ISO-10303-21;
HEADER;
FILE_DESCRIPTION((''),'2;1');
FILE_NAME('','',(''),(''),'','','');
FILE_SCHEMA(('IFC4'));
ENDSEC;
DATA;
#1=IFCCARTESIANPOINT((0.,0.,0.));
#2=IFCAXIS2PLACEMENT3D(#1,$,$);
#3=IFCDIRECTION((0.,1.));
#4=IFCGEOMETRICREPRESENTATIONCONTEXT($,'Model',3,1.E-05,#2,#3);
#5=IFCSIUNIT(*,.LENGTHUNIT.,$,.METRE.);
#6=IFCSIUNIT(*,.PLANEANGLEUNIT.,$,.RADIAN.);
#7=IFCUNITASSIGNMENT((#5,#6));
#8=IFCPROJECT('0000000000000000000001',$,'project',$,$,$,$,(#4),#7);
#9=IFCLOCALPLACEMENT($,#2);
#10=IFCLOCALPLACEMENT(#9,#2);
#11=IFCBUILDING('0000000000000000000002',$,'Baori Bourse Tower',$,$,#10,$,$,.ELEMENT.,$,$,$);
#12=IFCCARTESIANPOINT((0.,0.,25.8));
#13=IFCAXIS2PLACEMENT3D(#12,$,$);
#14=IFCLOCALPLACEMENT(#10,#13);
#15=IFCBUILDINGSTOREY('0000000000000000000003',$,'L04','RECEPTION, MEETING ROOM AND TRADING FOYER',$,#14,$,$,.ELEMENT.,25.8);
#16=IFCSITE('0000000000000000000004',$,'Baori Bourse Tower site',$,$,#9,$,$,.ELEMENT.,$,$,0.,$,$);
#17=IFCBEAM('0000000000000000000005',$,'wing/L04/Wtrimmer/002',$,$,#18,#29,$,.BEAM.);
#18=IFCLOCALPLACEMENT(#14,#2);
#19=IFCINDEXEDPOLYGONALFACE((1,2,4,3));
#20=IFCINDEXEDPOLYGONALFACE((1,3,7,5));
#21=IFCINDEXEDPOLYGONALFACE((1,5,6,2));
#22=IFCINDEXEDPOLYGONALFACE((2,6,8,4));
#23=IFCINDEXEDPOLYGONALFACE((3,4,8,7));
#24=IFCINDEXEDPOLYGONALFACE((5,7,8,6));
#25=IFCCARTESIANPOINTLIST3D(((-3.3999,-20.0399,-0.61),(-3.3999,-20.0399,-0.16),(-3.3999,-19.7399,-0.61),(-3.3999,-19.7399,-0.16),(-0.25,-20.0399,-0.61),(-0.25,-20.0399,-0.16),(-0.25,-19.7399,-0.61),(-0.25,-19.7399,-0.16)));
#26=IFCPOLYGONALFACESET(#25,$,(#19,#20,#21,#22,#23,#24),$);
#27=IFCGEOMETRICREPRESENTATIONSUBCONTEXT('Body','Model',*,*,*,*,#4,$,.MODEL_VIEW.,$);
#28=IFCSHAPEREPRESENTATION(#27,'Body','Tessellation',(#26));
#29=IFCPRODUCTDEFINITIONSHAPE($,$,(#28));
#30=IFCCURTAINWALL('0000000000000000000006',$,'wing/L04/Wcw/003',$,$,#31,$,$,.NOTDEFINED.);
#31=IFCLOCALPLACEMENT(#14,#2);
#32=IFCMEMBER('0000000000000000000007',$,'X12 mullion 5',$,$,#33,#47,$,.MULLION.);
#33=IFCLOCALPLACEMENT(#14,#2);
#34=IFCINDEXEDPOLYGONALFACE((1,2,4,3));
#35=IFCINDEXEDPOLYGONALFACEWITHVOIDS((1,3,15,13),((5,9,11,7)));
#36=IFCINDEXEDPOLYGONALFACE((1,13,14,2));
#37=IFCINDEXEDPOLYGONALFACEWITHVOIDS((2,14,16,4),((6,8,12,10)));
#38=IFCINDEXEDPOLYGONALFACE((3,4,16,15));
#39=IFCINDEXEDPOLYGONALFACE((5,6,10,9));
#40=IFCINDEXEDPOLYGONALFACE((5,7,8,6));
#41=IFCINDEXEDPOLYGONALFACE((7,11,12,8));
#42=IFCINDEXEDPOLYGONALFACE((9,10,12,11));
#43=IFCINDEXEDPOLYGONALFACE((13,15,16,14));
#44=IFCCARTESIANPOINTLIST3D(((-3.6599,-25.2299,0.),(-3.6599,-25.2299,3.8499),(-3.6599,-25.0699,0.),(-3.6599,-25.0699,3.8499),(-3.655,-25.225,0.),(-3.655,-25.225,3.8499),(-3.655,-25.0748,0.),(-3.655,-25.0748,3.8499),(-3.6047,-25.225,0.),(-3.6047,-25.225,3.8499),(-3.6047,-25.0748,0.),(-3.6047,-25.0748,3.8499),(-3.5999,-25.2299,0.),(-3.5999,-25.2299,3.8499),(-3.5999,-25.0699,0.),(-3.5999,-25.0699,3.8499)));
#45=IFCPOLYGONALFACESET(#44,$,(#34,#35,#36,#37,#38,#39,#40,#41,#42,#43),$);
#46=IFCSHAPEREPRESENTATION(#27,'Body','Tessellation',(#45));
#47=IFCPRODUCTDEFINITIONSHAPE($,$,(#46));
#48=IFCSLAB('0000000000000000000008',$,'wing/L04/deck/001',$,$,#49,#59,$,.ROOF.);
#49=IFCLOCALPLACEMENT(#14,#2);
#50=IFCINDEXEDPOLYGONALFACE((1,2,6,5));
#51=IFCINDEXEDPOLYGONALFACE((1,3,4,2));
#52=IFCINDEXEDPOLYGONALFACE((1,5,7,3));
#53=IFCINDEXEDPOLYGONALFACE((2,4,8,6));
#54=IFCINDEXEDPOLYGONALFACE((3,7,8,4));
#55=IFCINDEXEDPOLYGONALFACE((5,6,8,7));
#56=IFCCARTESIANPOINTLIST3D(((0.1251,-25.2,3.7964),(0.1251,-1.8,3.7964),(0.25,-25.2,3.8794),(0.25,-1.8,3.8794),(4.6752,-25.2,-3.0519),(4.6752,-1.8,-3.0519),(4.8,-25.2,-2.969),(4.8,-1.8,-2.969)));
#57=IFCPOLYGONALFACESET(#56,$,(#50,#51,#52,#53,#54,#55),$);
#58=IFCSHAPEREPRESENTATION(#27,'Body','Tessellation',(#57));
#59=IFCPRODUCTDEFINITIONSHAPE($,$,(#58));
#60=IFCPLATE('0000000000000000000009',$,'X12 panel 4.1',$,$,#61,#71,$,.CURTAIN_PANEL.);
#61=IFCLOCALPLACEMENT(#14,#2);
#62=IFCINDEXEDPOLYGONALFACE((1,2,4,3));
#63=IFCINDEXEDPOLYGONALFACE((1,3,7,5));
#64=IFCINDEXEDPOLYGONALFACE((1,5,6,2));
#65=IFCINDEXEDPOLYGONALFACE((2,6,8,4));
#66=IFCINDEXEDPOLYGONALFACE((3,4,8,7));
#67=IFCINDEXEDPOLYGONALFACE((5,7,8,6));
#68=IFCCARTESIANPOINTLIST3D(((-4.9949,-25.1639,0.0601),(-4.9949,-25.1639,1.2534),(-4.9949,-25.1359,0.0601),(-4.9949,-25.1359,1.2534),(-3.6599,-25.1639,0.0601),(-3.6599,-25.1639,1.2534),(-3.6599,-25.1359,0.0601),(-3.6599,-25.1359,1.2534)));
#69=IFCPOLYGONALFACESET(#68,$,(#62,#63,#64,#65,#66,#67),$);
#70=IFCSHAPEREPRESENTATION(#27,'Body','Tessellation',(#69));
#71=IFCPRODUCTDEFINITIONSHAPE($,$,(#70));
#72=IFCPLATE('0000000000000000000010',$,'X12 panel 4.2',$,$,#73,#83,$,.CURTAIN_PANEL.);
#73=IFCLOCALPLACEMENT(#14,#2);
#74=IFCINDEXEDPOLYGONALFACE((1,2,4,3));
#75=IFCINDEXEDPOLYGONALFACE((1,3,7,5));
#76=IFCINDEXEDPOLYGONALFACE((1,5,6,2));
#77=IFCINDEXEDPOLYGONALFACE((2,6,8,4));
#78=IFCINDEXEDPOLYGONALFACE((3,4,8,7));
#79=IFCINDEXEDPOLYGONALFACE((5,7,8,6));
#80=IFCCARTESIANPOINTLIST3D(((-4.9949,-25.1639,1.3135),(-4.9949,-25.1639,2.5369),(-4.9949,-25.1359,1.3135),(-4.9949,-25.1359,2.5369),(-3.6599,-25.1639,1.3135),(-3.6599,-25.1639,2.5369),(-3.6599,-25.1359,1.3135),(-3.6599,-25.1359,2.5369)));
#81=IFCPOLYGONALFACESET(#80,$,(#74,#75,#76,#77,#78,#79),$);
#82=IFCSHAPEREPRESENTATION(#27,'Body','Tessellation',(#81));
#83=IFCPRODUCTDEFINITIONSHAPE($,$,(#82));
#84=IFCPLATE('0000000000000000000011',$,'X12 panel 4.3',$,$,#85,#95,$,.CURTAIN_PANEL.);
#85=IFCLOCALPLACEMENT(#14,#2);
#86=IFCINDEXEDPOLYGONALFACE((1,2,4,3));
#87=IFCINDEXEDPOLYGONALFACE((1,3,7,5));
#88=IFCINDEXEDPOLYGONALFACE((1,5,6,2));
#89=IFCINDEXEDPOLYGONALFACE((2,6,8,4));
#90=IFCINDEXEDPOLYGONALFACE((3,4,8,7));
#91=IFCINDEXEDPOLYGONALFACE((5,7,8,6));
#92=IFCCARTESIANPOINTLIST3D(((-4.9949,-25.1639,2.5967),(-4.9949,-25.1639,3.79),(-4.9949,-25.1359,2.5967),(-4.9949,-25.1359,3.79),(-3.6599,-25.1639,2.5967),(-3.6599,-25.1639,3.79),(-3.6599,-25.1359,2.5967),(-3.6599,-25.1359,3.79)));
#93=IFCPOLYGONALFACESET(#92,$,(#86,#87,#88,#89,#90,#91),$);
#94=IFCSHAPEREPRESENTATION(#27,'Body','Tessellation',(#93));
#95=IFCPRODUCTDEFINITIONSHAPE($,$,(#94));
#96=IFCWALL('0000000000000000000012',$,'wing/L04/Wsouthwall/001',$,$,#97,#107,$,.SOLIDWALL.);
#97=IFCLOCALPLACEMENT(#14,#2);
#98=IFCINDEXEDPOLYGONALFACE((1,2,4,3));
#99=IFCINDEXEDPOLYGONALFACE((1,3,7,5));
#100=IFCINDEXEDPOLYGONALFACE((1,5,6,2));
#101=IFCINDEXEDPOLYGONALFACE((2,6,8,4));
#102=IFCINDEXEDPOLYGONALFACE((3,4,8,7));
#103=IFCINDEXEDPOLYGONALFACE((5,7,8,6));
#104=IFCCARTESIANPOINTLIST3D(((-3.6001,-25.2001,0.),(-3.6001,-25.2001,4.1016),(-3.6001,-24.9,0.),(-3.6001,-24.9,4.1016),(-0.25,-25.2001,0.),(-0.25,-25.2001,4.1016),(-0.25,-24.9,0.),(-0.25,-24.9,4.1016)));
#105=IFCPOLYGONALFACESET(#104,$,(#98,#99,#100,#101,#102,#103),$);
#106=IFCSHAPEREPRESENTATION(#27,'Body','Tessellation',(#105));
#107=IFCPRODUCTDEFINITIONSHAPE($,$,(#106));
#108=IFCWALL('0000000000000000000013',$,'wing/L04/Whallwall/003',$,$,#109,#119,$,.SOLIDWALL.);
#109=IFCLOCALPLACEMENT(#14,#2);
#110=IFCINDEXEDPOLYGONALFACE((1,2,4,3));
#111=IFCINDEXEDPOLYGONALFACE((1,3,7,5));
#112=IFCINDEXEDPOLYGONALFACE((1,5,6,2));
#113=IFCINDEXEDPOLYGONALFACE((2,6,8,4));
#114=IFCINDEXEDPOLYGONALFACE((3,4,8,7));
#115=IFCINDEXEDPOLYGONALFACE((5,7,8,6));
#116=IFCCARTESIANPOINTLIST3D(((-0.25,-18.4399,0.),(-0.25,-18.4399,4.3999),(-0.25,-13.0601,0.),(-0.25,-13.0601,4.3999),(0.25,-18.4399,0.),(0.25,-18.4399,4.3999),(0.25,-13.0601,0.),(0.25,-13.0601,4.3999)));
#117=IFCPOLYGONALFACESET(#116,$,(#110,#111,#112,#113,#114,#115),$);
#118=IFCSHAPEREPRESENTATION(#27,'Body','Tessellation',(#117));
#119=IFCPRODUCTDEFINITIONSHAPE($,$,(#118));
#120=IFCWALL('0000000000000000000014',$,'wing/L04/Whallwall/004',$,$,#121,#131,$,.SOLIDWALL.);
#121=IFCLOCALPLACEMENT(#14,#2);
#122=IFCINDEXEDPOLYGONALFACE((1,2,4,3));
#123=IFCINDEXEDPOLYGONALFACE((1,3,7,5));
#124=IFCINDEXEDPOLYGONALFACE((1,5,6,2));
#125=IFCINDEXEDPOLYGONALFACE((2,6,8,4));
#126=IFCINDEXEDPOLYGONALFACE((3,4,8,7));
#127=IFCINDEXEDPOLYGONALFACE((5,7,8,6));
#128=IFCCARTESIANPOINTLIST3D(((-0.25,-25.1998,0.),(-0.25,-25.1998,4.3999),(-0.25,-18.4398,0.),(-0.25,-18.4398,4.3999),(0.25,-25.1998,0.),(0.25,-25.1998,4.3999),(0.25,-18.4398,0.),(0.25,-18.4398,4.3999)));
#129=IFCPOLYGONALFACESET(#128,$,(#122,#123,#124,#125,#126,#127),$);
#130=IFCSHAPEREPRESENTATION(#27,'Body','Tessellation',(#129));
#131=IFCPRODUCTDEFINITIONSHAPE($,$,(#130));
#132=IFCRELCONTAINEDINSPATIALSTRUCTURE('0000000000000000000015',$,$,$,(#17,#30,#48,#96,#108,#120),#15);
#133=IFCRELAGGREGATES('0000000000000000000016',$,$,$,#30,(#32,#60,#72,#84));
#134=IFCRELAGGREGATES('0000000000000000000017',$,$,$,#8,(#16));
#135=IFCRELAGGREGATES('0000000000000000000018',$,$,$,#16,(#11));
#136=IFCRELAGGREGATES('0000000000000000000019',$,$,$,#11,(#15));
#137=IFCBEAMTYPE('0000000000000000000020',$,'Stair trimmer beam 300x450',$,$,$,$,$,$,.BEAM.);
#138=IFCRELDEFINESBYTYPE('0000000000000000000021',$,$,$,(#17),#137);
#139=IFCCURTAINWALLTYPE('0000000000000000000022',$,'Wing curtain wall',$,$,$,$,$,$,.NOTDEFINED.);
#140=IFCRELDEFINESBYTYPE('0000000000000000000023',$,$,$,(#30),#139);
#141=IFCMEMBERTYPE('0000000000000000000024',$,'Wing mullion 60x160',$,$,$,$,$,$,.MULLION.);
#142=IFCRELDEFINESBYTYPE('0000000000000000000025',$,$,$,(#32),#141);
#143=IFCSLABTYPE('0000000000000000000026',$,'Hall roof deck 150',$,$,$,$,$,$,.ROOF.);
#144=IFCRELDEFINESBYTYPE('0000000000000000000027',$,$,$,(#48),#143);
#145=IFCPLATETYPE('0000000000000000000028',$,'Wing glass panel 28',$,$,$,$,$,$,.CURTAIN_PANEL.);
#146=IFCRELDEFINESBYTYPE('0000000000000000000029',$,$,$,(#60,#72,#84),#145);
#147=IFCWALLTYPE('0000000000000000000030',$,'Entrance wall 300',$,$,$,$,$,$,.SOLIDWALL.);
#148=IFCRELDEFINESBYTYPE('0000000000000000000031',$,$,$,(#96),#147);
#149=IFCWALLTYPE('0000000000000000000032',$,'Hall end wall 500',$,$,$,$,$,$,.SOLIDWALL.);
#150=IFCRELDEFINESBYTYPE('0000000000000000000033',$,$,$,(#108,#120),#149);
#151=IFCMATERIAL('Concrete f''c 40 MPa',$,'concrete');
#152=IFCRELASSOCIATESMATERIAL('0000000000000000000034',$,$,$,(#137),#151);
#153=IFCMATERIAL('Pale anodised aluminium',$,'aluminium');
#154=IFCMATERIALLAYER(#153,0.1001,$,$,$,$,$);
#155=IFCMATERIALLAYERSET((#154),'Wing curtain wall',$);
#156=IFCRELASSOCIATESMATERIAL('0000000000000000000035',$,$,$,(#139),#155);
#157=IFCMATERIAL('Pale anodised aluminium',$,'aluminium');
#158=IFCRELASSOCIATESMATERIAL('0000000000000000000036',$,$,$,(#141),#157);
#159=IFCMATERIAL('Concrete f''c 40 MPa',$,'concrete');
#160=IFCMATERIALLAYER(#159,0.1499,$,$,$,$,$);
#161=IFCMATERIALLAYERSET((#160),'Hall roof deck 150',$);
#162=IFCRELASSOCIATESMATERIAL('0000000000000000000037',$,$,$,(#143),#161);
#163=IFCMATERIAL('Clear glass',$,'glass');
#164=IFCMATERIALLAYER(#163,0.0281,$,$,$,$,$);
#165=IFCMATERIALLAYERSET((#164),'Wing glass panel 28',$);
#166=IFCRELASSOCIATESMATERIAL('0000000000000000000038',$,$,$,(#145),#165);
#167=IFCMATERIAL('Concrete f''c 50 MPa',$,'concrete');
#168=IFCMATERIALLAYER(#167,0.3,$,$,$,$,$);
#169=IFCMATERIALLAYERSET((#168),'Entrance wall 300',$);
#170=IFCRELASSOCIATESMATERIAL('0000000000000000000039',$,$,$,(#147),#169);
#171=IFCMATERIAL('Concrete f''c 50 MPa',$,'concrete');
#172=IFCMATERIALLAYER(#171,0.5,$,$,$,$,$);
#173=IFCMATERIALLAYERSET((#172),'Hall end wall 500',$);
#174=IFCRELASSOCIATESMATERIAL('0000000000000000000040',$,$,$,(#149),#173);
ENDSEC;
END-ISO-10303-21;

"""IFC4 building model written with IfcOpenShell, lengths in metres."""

from ifc_helpers import new_model, si_unit, direction, frame, frame_2d, origin, origin_2d, place, context, subcontext, project, spatial, polyline, rectangle, hollow_rectangle, outline, extrude, material, layer, layer_set, material_profile, profile_set, type_object, element, aggregate, save


model = new_model("IFC4")

# Units and contexts
model_context = context("Model", 3, precision=1e-05, world=origin(), true_north=direction((0.0, 1.0)))
body_context = subcontext(model_context, "Body", "Model", "MODEL_VIEW")
ifc_project = project(units=[si_unit("LENGTHUNIT", "METRE"), si_unit("PLANEANGLEUNIT", "RADIAN")], contexts=[model_context])

# Site, building, storey
site_placement = place(None, origin())
site = spatial("IfcSite", under=ifc_project, at=site_placement, Name="Baori Bourse Tower site", CompositionType="ELEMENT", RefElevation=0.0)
building_placement = place(site_placement, origin())
building = spatial("IfcBuilding", under=site, at=building_placement, Name="Baori Bourse Tower", CompositionType="ELEMENT")
storey_placement = place(building_placement, frame((0.0, 0.0, 25.8)))
storey = spatial("IfcBuildingStorey", under=building, at=storey_placement, Name="L04", Description="RECEPTION, MEETING ROOM AND TRADING FOYER", CompositionType="ELEMENT", Elevation=25.8)

# Beam
ifc_material_1 = material(Name="Concrete f'c 40 MPa", Category="concrete")
ifc_material_profile_1 = material_profile(ifc_material_1, rectangle(XDim=0.3, YDim=0.45, at=origin_2d()), Name="Stair trimmer beam 300x450")
ifc_profile_set_1 = profile_set([ifc_material_profile_1], Name="Concrete f'c 40 MPa")
beam_type = type_object("IfcBeamType", Name="Stair trimmer beam 300x450", PredefinedType="BEAM", material=ifc_profile_set_1)
beam_placement = place(storey_placement, frame((-3.3999, -19.8899, -0.385), z_axis=(1.0, 0.0, 0.0), x_axis=(0.0, 1.0, 0.0)))
element("IfcBeam", 1, at=beam_placement, inside=storey, type_object=beam_type, Name="wing/L04/Wtrimmer/002", PredefinedType="BEAM", context=body_context, shape_type="SweptSolid", body=[
    extrude(rectangle(XDim=0.3, YDim=0.45, at=origin_2d()), origin(), (0.0, 0.0, 1.0), 3.1499),
])

# Curtain wall, member
ifc_material_2 = material(Name="Pale anodised aluminium", Category="aluminium")
ifc_layer_1 = layer(ifc_material_2, 0.1001)
ifc_layer_set_1 = layer_set([ifc_layer_1], Name="Wing curtain wall")
curtain_wall_type = type_object("IfcCurtainWallType", Name="Wing curtain wall", PredefinedType="NOTDEFINED", material=ifc_layer_set_1)
curtain_wall_placement = place(storey_placement, origin())
curtain_wall = element("IfcCurtainWall", 2, at=curtain_wall_placement, inside=storey, type_object=curtain_wall_type, Name="wing/L04/Wcw/003", PredefinedType="NOTDEFINED")
ifc_material_3 = material(Name="Pale anodised aluminium", Category="aluminium")
ifc_material_profile_2 = material_profile(ifc_material_3, hollow_rectangle(XDim=0.1599, YDim=0.0601, WallThickness=0.0049, at=origin_2d()), Name="Mullion 160x60x5")
ifc_profile_set_2 = profile_set([ifc_material_profile_2], Name="Pale anodised aluminium")
member_type = type_object("IfcMemberType", Name="Wing mullion 60x160", PredefinedType="MULLION", material=ifc_profile_set_2)
member_placement = place(storey_placement, frame((-3.6299, -25.1499, 0.0), z_axis=(0.0, 0.0, 1.0), x_axis=(0.0, 1.0, 0.0)))
member = element("IfcMember", 3, at=member_placement, type_object=member_type, Name="X12 mullion 5", PredefinedType="MULLION", context=body_context, shape_type="SweptSolid", body=[
    extrude(hollow_rectangle(XDim=0.1599, YDim=0.0601, WallThickness=0.0049, at=origin_2d()), origin(), (0.0, 0.0, 1.0), 3.8499),
])

# Slab
ifc_material_4 = material(Name="Concrete f'c 40 MPa", Category="concrete")
ifc_layer_2 = layer(ifc_material_4, 0.1499)
ifc_layer_set_2 = layer_set([ifc_layer_2], Name="Hall roof deck 150")
slab_type = type_object("IfcSlabType", Name="Hall roof deck 150", PredefinedType="ROOF", material=ifc_layer_set_2)
slab_placement = place(storey_placement, frame((0.25, -25.2, 3.8794), z_axis=(0.832922, 0.0, 0.553391), x_axis=(0.553391, 0.0, -0.832922)))
element("IfcSlab", 4, at=slab_placement, inside=storey, type_object=slab_type, Name="wing/L04/deck/001", PredefinedType="ROOF", context=body_context, shape_type="SweptSolid", body=[
    extrude(outline(polyline([(0.0, 0.0), (8.2221, 0.0), (8.2221, 23.3999), (0.0, 23.3999), (0.0, 0.0)])), origin(), (0.0, 0.0, -1.0), 0.1499),
])

# Plates
ifc_material_5 = material(Name="Clear glass", Category="glass")
ifc_layer_3 = layer(ifc_material_5, 0.0281)
ifc_layer_set_3 = layer_set([ifc_layer_3], Name="Wing glass panel 28")
plate_type = type_object("IfcPlateType", Name="Wing glass panel 28", PredefinedType="CURTAIN_PANEL", material=ifc_layer_set_3)
plate_1_placement = place(storey_placement, frame((-4.3274, -25.1499, 0.0601), z_axis=(0.0, 0.0, 1.0), x_axis=(1.0, 0.0, 0.0)))
plate_1 = element("IfcPlate", 5, at=plate_1_placement, type_object=plate_type, Name="X12 panel 4.1", PredefinedType="CURTAIN_PANEL", context=body_context, shape_type="SweptSolid", body=[
    extrude(rectangle(XDim=1.335, YDim=0.0281, at=origin_2d()), origin(), (0.0, 0.0, 1.0), 1.1934),
])
plate_2_placement = place(storey_placement, frame((-4.3274, -25.1499, 1.3135), z_axis=(0.0, 0.0, 1.0), x_axis=(1.0, 0.0, 0.0)))
plate_2 = element("IfcPlate", 6, at=plate_2_placement, type_object=plate_type, Name="X12 panel 4.2", PredefinedType="CURTAIN_PANEL", context=body_context, shape_type="SweptSolid", body=[
    extrude(rectangle(XDim=1.335, YDim=0.0281, at=origin_2d()), origin(), (0.0, 0.0, 1.0), 1.2234),
])
plate_3_placement = place(storey_placement, frame((-4.3274, -25.1499, 2.5967), z_axis=(0.0, 0.0, 1.0), x_axis=(1.0, 0.0, 0.0)))
plate_3 = element("IfcPlate", 7, at=plate_3_placement, type_object=plate_type, Name="X12 panel 4.3", PredefinedType="CURTAIN_PANEL", context=body_context, shape_type="SweptSolid", body=[
    extrude(rectangle(XDim=1.335, YDim=0.0281, at=origin_2d()), origin(), (0.0, 0.0, 1.0), 1.1934),
])
aggregate(curtain_wall, [member, plate_1, plate_2, plate_3])

# Walls
ifc_material_6 = material(Name="Concrete f'c 50 MPa", Category="concrete")
ifc_layer_4 = layer(ifc_material_6, 0.3)
ifc_layer_set_4 = layer_set([ifc_layer_4], Name="Entrance wall 300")
wall_type_1 = type_object("IfcWallType", Name="Entrance wall 300", PredefinedType="SOLIDWALL", material=ifc_layer_set_4)
wall_1_placement = place(storey_placement, frame((-3.6001, -25.05, 0.0), z_axis=(0.0, 0.0, 1.0), x_axis=(1.0, 0.0, 0.0)))
element("IfcWall", 8, at=wall_1_placement, inside=storey, type_object=wall_type_1, Name="wing/L04/Wsouthwall/001", PredefinedType="SOLIDWALL", context=body_context, shape_type="SweptSolid", body=[
    extrude(rectangle(XDim=3.3501, YDim=0.3, at=frame_2d((1.675, 0.0))), origin(), (0.0, 0.0, 1.0), 4.1016),
])
ifc_material_7 = material(Name="Concrete f'c 50 MPa", Category="concrete")
ifc_layer_5 = layer(ifc_material_7, 0.5)
ifc_layer_set_5 = layer_set([ifc_layer_5], Name="Hall end wall 500")
wall_type_2 = type_object("IfcWallType", Name="Hall end wall 500", PredefinedType="SOLIDWALL", material=ifc_layer_set_5)
wall_2_placement = place(storey_placement, frame((0.0, -13.0601, 0.0), z_axis=(0.0, 0.0, 1.0), x_axis=(0.0, -1.0, 0.0)))
element("IfcWall", 9, at=wall_2_placement, inside=storey, type_object=wall_type_2, Name="wing/L04/Whallwall/003", PredefinedType="SOLIDWALL", context=body_context, shape_type="SweptSolid", body=[
    extrude(rectangle(XDim=5.3799, YDim=0.5, at=frame_2d((2.6899, 0.0))), origin(), (0.0, 0.0, 1.0), 4.3999),
])
wall_3_placement = place(storey_placement, frame((0.0, -18.4399, 0.0), z_axis=(0.0, 0.0, 1.0), x_axis=(0.0, -1.0, 0.0)))
element("IfcWall", 10, at=wall_3_placement, inside=storey, type_object=wall_type_2, Name="wing/L04/Whallwall/004", PredefinedType="SOLIDWALL", context=body_context, shape_type="SweptSolid", body=[
    extrude(rectangle(XDim=6.76, YDim=0.5, at=frame_2d((3.3799, 0.0))), origin(), (0.0, 0.0, 1.0), 4.3999),
])

save(model, "model.ifc")
